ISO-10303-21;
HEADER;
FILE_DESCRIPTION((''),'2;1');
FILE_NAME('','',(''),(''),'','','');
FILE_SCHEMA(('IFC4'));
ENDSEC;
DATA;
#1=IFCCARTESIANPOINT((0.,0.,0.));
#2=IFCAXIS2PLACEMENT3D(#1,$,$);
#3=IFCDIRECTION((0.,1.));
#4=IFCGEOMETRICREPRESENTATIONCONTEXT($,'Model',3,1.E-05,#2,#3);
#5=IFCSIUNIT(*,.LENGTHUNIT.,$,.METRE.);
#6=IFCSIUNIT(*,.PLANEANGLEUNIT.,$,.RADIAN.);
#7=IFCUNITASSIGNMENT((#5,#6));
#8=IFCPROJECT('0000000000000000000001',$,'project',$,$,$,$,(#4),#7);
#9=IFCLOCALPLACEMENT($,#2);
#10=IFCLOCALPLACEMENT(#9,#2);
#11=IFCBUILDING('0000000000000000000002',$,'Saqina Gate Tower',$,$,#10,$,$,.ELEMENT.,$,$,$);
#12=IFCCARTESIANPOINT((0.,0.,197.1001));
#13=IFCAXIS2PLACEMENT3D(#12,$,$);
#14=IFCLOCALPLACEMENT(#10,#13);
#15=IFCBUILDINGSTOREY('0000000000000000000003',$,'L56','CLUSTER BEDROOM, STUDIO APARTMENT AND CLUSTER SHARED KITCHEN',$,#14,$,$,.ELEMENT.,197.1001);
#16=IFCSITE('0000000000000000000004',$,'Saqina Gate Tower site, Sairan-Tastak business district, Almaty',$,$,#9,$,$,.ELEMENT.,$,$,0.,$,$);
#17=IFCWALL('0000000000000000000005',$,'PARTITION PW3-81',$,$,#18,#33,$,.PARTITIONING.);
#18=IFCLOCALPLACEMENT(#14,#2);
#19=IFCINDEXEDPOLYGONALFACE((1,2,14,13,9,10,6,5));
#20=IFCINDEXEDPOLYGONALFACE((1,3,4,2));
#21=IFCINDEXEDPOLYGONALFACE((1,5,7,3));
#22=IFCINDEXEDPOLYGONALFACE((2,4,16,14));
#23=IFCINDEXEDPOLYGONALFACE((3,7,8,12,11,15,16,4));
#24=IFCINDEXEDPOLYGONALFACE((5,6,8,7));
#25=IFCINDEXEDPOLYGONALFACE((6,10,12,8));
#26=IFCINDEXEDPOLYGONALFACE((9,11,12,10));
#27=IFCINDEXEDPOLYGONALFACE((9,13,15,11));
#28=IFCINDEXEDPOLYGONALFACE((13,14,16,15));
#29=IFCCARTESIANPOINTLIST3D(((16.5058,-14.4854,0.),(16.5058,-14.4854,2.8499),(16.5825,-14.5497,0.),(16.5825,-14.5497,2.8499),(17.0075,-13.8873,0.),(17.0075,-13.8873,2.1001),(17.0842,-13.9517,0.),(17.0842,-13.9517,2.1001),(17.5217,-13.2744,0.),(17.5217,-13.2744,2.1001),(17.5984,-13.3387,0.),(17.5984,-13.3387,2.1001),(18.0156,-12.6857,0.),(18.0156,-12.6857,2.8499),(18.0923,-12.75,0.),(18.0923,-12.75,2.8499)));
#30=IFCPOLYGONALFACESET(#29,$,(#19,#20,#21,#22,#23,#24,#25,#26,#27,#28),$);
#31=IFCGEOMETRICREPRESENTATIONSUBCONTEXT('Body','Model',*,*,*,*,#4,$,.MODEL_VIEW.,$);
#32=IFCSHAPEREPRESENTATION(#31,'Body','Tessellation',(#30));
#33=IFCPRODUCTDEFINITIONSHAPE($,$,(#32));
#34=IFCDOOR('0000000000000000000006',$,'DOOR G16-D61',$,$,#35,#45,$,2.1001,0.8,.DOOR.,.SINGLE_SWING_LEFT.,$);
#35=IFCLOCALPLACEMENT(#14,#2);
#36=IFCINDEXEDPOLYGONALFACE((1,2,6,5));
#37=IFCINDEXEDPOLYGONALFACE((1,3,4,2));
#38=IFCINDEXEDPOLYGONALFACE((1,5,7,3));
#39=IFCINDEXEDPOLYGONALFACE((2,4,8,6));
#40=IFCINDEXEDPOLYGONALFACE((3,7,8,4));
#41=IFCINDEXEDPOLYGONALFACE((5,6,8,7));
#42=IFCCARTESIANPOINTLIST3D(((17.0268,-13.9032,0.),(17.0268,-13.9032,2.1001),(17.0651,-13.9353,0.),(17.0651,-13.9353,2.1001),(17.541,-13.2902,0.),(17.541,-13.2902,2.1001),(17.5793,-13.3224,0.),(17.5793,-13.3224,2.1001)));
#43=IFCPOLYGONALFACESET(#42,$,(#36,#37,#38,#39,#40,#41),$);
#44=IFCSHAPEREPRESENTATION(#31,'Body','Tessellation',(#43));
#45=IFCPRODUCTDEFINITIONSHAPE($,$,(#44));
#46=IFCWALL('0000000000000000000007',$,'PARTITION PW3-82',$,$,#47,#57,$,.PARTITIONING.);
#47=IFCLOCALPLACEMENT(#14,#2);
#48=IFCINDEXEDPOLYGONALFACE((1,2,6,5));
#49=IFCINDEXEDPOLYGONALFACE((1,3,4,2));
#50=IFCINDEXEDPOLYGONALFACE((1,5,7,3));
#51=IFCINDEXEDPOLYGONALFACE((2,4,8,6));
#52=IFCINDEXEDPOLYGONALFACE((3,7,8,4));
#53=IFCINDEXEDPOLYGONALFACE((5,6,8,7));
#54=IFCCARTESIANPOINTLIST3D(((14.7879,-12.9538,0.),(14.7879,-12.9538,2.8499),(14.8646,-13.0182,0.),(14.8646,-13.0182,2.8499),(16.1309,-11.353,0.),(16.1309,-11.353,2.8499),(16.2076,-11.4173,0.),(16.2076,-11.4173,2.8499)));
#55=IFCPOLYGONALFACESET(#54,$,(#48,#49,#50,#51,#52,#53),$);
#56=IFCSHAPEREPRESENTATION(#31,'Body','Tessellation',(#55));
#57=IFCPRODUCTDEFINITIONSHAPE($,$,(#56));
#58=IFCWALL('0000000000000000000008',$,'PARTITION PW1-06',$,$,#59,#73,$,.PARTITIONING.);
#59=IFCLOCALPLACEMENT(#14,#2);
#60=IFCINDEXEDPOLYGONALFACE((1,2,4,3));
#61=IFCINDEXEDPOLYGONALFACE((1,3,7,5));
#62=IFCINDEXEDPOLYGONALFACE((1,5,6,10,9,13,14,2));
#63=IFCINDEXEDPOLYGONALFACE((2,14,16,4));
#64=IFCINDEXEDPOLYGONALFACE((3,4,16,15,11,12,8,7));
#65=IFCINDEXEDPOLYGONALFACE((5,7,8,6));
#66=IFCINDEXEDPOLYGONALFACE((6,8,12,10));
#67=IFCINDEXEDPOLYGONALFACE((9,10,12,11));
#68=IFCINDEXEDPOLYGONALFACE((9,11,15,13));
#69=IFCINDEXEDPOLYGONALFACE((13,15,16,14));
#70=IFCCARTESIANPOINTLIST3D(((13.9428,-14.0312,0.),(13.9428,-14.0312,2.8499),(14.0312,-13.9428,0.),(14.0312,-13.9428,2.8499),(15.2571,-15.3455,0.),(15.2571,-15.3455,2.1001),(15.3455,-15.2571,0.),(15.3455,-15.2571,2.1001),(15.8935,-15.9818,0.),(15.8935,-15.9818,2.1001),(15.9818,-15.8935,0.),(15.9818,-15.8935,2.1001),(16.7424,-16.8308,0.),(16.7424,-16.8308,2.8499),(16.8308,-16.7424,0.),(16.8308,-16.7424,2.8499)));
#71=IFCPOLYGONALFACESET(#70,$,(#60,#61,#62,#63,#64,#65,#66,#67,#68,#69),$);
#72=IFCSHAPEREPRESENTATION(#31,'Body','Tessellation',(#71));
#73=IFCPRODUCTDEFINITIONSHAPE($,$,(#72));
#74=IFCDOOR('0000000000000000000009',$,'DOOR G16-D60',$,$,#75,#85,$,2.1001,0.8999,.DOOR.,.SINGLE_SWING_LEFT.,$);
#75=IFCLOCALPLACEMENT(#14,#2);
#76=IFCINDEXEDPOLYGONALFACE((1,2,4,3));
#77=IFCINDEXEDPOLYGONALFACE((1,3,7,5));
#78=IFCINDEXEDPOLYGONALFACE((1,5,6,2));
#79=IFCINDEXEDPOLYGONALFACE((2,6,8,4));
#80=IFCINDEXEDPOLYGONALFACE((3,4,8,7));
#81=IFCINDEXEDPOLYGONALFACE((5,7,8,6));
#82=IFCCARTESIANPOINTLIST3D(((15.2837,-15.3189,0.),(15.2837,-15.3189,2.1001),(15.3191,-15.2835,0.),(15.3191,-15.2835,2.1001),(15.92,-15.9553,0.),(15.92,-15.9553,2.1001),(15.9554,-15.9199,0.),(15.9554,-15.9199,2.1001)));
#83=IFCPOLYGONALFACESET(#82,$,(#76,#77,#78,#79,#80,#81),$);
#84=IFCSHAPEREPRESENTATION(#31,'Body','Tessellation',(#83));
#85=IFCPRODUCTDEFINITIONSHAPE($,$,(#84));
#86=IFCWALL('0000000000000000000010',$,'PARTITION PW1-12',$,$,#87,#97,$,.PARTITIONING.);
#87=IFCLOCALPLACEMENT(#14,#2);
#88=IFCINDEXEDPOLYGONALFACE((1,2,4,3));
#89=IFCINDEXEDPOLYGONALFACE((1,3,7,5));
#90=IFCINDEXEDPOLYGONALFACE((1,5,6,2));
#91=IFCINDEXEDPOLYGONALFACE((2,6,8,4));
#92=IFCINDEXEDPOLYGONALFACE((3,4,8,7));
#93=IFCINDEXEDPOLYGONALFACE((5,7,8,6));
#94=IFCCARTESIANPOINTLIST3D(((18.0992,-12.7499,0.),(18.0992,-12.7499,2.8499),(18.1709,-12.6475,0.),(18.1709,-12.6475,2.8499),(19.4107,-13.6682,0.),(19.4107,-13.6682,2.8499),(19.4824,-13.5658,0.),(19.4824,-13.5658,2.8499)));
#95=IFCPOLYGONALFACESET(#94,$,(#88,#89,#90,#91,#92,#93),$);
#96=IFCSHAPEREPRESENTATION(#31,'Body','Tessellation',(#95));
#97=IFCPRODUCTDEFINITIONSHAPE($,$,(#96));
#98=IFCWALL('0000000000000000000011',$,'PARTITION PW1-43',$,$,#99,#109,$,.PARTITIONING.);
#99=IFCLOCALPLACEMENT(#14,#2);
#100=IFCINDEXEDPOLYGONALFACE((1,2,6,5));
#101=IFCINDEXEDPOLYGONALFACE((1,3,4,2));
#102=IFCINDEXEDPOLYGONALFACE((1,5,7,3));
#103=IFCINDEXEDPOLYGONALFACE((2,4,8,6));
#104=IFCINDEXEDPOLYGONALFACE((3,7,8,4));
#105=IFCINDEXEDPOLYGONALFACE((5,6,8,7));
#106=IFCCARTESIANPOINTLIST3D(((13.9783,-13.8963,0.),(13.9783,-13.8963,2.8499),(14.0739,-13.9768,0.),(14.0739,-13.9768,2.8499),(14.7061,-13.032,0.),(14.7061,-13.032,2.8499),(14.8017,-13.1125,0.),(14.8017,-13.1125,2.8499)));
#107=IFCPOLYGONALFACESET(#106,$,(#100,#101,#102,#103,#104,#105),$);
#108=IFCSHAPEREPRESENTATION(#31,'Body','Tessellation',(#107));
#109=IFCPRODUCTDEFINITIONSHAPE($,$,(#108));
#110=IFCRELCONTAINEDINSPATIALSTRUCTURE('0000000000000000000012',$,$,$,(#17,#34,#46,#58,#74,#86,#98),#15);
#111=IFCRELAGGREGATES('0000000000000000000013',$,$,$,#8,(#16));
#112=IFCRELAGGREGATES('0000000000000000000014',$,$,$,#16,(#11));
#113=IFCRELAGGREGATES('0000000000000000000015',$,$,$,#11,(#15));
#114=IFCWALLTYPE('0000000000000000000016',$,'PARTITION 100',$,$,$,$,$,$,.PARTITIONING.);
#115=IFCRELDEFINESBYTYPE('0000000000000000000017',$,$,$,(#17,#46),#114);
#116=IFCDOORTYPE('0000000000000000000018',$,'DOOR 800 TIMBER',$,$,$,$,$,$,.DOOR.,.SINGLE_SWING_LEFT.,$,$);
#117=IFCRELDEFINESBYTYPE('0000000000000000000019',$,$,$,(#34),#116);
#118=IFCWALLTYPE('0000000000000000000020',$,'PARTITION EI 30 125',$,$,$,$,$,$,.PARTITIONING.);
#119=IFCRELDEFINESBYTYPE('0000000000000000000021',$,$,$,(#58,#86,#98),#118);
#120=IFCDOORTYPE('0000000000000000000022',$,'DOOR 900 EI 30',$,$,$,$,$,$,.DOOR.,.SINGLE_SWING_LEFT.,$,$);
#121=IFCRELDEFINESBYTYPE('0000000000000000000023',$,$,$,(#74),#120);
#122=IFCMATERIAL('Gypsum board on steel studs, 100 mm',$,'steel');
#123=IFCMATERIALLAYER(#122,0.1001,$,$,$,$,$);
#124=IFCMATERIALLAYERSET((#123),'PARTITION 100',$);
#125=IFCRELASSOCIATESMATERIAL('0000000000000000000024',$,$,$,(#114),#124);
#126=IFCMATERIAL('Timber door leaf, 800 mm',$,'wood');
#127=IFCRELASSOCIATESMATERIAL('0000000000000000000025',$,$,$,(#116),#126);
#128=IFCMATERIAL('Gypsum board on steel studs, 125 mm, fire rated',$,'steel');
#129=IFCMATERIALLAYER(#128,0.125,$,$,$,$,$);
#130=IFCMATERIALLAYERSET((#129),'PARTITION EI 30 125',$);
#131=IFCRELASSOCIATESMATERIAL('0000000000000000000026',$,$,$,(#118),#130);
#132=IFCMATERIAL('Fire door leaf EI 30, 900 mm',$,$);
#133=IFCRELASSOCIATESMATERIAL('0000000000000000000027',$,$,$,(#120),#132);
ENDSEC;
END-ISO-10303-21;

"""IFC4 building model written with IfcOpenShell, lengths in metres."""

from ifc_helpers import new_model, si_unit, direction, frame, frame_2d, origin, place, context, subcontext, project, spatial, rectangle, extrude, material, layer, layer_set, type_object, element, fill, save


model = new_model("IFC4")

# Units and contexts
model_context = context("Model", 3, precision=1e-05, world=origin(), true_north=direction((0.0, 1.0)))
body_context = subcontext(model_context, "Body", "Model", "MODEL_VIEW")
ifc_project = project(units=[si_unit("LENGTHUNIT", "METRE"), si_unit("PLANEANGLEUNIT", "RADIAN")], contexts=[model_context])

# Site, building, storey
site_placement = place(None, origin())
site = spatial("IfcSite", under=ifc_project, at=site_placement, Name="Saqina Gate Tower site, Sairan-Tastak business district, Almaty", CompositionType="ELEMENT", RefElevation=0.0)
building_placement = place(site_placement, origin())
building = spatial("IfcBuilding", under=site, at=building_placement, Name="Saqina Gate Tower", CompositionType="ELEMENT")
storey_placement = place(building_placement, frame((0.0, 0.0, 197.1001)))
storey = spatial("IfcBuildingStorey", under=building, at=storey_placement, Name="L56", Description="CLUSTER BEDROOM, STUDIO APARTMENT AND CLUSTER SHARED KITCHEN", CompositionType="ELEMENT", Elevation=197.1001)

# Shared definitions
ifc_material_1 = material(Name="Gypsum board on steel studs, 100 mm", Category="steel")
ifc_layer_1 = layer(ifc_material_1, 0.1001)
ifc_layer_set_1 = layer_set([ifc_layer_1], Name="PARTITION 100")
wall_type_1 = type_object("IfcWallType", Name="PARTITION 100", PredefinedType="PARTITIONING", material=ifc_layer_set_1)

# Wall, opening, door
wall_1_placement = place(storey_placement, frame((16.5442, -14.5176, 0.0), z_axis=(0.0, 0.0, 1.0), x_axis=(0.642675, 0.766139, 0.0)))
wall_1 = element("IfcWall", 1, at=wall_1_placement, inside=storey, type_object=wall_type_1, Name="PARTITION PW3-81", PredefinedType="PARTITIONING", context=body_context, shape_type="SweptSolid", body=[
    extrude(rectangle(XDim=2.3491, YDim=0.1001, at=frame_2d((1.1746, 0.0))), origin(), (0.0, 0.0, 1.0), 2.8499),
])
opening_1_placement = place(wall_1_placement, frame((0.7808, 0.0, 0.0)))
opening_1 = element("IfcOpeningElement", 2, at=opening_1_placement, cuts=wall_1, PredefinedType="OPENING", context=body_context, shape_type="SweptSolid", body=[
    extrude(rectangle(XDim=0.8, YDim=2.1001, at=frame_2d((0.3999, 1.05))), frame((0.0, 0.062, 0.0), z_axis=(0.0, -1.0, 0.0), x_axis=(1.0, 0.0, 0.0)), (0.0, 0.0, 1.0), 0.124),
])
ifc_material_2 = material(Name="Timber door leaf, 800 mm", Category="wood")
door_type_1 = type_object("IfcDoorType", Name="DOOR 800 TIMBER", OperationType="SINGLE_SWING_LEFT", PredefinedType="DOOR", material=ifc_material_2)
door_1_placement = place(opening_1_placement, frame((0.8, 0.0, 0.0), z_axis=(0.0, 0.0, 1.0), x_axis=(-1.0, 0.0, 0.0)))
door_1 = element("IfcDoor", 3, at=door_1_placement, inside=storey, type_object=door_type_1, Name="DOOR G16-D61", OperationType="SINGLE_SWING_LEFT", OverallHeight=2.1001, OverallWidth=0.8, PredefinedType="DOOR", context=body_context, shape_type="SweptSolid", body=[
    extrude(rectangle(XDim=0.8, YDim=2.1001, at=frame_2d((0.3999, 1.05))), frame((0.0, 0.0249, 0.0), z_axis=(0.0, -1.0, 0.0), x_axis=(1.0, 0.0, 0.0)), (0.0, 0.0, 1.0), 0.05),
])
fill(opening_1, door_1)

# Wall
wall_2_placement = place(storey_placement, frame((14.8262, -12.9861, 0.0), z_axis=(0.0, 0.0, 1.0), x_axis=(0.642721, 0.766101, 0.0)))
element("IfcWall", 4, at=wall_2_placement, inside=storey, type_object=wall_type_1, Name="PARTITION PW3-82", PredefinedType="PARTITIONING", context=body_context, shape_type="SweptSolid", body=[
    extrude(rectangle(XDim=2.0896, YDim=0.1001, at=frame_2d((1.0449, 0.0))), origin(), (0.0, 0.0, 1.0), 2.8499),
])

# Wall, opening, door
ifc_material_3 = material(Name="Gypsum board on steel studs, 125 mm, fire rated", Category="steel")
ifc_layer_2 = layer(ifc_material_3, 0.125)
ifc_layer_set_2 = layer_set([ifc_layer_2], Name="PARTITION EI 30 125")
wall_type_2 = type_object("IfcWallType", Name="PARTITION EI 30 125", PredefinedType="PARTITIONING", material=ifc_layer_set_2)
wall_3_placement = place(storey_placement, frame((13.9871, -13.9871, 0.0), z_axis=(0.0, 0.0, 1.0), x_axis=(0.707107, -0.707107, 0.0)))
wall_3 = element("IfcWall", 5, at=wall_3_placement, inside=storey, type_object=wall_type_2, Name="PARTITION PW1-06", PredefinedType="PARTITIONING", context=body_context, shape_type="SweptSolid", body=[
    extrude(rectangle(XDim=3.9592, YDim=0.125, at=frame_2d((1.9795, 0.0))), origin(), (0.0, 0.0, 1.0), 2.8499),
])
opening_2_placement = place(wall_3_placement, frame((1.8586, 0.0, 0.0)))
opening_2 = element("IfcOpeningElement", 6, at=opening_2_placement, cuts=wall_3, PredefinedType="OPENING", context=body_context, shape_type="SweptSolid", body=[
    extrude(rectangle(XDim=0.8999, YDim=2.1001, at=frame_2d((0.45, 1.05))), frame((0.0, 0.0745, 0.0), z_axis=(0.0, -1.0, 0.0), x_axis=(1.0, 0.0, 0.0)), (0.0, 0.0, 1.0), 0.1489),
])
ifc_material_4 = material(Name="Fire door leaf EI 30, 900 mm")
door_type_2 = type_object("IfcDoorType", Name="DOOR 900 EI 30", OperationType="SINGLE_SWING_LEFT", PredefinedType="DOOR", material=ifc_material_4)
door_2_placement = place(opening_2_placement, frame((0.8999, 0.0, 0.0), z_axis=(0.0, 0.0, 1.0), x_axis=(-1.0, 0.0, 0.0)))
door_2 = element("IfcDoor", 7, at=door_2_placement, inside=storey, type_object=door_type_2, Name="DOOR G16-D60", OperationType="SINGLE_SWING_LEFT", OverallHeight=2.1001, OverallWidth=0.8999, PredefinedType="DOOR", context=body_context, shape_type="SweptSolid", body=[
    extrude(rectangle(XDim=0.8999, YDim=2.1001, at=frame_2d((0.45, 1.05))), frame((0.0, 0.0249, 0.0), z_axis=(0.0, -1.0, 0.0), x_axis=(1.0, 0.0, 0.0)), (0.0, 0.0, 1.0), 0.05),
])
fill(opening_2, door_2)

# Walls
wall_4_placement = place(storey_placement, frame((18.135, -12.6987, 0.0), z_axis=(0.0, 0.0, 1.0), x_axis=(0.819189, -0.573524, 0.0)))
element("IfcWall", 8, at=wall_4_placement, inside=storey, type_object=wall_type_2, Name="PARTITION PW1-12", PredefinedType="PARTITIONING", context=body_context, shape_type="SweptSolid", body=[
    extrude(rectangle(XDim=1.6011, YDim=0.125, at=frame_2d((0.8005, 0.0))), origin(), (0.0, 0.0, 1.0), 2.8499),
])
wall_5_placement = place(storey_placement, frame((14.0261, -13.9365, 0.0), z_axis=(0.0, 0.0, 1.0), x_axis=(0.644129, 0.764917, 0.0)))
element("IfcWall", 9, at=wall_5_placement, inside=storey, type_object=wall_type_2, Name="PARTITION PW1-43", PredefinedType="PARTITIONING", context=body_context, shape_type="SweptSolid", body=[
    extrude(rectangle(XDim=1.1299, YDim=0.125, at=frame_2d((0.5649, 0.0))), origin(), (0.0, 0.0, 1.0), 2.8499),
])

save(model, "model.ifc")
